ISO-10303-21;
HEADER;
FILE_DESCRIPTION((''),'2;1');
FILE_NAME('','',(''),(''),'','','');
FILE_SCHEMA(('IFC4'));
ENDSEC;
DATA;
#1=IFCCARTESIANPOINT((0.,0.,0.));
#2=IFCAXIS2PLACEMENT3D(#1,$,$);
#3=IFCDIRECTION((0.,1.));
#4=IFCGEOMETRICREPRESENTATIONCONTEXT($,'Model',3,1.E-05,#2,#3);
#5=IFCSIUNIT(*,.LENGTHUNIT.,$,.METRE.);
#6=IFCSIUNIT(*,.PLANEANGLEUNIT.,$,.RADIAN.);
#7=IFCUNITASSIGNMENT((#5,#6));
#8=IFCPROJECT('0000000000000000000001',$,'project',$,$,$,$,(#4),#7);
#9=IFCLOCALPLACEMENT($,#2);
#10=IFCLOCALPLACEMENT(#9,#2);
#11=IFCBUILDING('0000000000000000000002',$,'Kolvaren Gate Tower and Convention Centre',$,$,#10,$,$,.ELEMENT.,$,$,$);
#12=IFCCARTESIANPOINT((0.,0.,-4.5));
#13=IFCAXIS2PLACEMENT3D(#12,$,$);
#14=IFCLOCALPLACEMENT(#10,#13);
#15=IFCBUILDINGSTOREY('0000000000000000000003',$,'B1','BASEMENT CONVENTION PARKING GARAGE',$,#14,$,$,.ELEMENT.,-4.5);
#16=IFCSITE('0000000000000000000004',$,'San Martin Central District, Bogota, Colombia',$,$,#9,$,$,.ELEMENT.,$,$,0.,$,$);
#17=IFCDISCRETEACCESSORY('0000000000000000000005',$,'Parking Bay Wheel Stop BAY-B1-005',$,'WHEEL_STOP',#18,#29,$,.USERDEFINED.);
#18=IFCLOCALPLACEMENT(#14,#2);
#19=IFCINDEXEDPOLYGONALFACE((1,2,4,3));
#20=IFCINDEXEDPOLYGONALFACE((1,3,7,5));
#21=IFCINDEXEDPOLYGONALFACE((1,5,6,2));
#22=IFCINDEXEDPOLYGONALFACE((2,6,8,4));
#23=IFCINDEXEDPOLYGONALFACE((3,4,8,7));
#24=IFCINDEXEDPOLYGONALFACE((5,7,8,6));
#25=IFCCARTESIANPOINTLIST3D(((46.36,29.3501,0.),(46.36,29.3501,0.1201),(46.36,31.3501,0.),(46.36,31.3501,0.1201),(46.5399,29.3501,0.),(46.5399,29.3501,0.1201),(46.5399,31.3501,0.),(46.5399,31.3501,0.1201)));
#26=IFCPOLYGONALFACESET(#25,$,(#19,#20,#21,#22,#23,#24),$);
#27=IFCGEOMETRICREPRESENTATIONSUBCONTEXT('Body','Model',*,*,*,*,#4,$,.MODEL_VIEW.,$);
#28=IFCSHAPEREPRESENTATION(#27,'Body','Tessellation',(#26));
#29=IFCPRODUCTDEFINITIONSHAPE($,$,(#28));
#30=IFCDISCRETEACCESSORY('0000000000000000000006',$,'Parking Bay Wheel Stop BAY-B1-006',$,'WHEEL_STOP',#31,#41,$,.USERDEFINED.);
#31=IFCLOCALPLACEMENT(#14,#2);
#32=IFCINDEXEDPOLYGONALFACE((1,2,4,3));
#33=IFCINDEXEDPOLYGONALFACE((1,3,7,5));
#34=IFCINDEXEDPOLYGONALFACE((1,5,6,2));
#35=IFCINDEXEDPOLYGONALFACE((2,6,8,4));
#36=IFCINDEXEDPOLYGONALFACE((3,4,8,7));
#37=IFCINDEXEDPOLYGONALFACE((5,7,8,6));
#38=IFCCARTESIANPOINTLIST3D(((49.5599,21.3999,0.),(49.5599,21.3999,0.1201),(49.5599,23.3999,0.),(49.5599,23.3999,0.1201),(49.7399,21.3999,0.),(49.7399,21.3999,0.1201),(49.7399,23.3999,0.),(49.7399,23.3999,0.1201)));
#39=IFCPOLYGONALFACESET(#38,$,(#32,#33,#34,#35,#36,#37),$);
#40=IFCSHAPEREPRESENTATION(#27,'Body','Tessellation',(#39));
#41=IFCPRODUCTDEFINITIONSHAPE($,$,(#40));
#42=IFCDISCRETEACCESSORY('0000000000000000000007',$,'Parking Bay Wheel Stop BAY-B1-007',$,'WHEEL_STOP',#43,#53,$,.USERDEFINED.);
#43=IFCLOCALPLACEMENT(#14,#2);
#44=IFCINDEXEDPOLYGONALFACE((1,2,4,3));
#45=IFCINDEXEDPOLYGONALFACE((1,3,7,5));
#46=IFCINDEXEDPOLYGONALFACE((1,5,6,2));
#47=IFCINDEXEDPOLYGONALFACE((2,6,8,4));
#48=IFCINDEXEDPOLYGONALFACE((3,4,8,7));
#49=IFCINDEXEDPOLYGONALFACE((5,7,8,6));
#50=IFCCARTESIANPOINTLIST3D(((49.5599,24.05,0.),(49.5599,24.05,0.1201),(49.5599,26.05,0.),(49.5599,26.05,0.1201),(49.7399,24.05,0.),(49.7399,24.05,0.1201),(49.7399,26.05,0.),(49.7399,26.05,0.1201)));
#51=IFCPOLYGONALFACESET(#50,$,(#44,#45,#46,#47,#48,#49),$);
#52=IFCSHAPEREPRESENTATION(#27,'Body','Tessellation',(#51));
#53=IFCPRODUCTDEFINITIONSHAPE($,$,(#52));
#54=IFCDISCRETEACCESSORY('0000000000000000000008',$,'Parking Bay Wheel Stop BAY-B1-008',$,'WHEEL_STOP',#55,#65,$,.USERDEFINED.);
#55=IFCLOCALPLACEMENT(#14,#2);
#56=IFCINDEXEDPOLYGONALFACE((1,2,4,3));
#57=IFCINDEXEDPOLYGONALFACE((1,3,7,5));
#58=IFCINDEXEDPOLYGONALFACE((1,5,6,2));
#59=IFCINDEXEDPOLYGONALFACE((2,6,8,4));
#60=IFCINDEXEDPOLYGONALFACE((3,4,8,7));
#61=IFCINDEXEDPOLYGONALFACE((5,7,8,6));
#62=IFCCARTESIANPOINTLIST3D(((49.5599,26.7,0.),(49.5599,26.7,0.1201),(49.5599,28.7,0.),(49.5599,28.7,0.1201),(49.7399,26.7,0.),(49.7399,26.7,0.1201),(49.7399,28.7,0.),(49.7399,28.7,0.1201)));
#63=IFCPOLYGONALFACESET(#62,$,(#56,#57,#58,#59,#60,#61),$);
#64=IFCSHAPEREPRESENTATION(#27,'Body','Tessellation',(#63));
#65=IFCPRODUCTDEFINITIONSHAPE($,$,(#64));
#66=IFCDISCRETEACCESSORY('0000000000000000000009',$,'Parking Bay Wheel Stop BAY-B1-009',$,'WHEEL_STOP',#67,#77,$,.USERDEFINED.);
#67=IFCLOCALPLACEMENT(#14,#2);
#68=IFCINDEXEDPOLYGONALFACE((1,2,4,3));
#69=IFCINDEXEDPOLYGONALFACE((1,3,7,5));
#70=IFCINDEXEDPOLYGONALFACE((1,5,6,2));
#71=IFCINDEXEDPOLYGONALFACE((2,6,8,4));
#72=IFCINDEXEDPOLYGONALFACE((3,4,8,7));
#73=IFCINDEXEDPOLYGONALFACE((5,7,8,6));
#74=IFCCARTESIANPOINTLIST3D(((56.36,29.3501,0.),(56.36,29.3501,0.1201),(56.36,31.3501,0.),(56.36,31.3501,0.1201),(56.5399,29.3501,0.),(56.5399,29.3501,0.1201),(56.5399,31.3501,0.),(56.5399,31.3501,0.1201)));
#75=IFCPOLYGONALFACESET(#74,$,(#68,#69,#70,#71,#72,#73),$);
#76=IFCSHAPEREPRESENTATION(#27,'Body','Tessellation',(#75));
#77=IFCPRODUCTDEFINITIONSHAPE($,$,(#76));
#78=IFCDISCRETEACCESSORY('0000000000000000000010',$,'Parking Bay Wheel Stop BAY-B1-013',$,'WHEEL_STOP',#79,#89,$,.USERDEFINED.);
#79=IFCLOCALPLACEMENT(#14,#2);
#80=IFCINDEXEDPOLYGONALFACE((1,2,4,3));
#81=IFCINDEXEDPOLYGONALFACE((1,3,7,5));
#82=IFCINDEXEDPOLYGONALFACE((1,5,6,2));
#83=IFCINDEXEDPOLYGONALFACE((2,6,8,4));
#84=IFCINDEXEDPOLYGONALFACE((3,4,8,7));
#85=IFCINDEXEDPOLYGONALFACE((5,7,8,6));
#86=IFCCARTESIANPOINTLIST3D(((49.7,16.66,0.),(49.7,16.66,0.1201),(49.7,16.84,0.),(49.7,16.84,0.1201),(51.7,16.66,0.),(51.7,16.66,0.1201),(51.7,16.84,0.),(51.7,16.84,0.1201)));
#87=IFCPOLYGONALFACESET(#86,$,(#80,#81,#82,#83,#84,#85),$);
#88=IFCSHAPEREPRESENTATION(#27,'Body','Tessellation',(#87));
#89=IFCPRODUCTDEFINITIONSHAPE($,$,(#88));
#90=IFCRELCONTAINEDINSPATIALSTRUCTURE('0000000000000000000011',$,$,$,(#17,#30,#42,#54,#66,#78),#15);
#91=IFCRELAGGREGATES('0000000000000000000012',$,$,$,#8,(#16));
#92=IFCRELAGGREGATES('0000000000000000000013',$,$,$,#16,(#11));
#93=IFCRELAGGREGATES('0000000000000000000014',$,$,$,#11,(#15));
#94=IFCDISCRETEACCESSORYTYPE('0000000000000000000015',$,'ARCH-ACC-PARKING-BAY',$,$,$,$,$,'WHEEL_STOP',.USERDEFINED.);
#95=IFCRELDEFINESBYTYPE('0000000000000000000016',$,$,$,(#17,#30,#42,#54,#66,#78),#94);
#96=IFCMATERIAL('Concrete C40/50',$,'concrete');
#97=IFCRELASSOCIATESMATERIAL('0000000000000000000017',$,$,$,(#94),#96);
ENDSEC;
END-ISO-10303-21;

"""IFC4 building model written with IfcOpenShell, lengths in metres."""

from ifc_helpers import new_model, si_unit, direction, frame, origin, origin_2d, place, context, subcontext, project, spatial, rectangle, extrude, material, type_object, element, save


model = new_model("IFC4")

# Units and contexts
model_context = context("Model", 3, precision=1e-05, world=origin(), true_north=direction((0.0, 1.0)))
body_context = subcontext(model_context, "Body", "Model", "MODEL_VIEW")
ifc_project = project(units=[si_unit("LENGTHUNIT", "METRE"), si_unit("PLANEANGLEUNIT", "RADIAN")], contexts=[model_context])

# Site, building, storey
site_placement = place(None, origin())
site = spatial("IfcSite", under=ifc_project, at=site_placement, Name="San Martin Central District, Bogota, Colombia", CompositionType="ELEMENT", RefElevation=0.0)
building_placement = place(site_placement, origin())
building = spatial("IfcBuilding", under=site, at=building_placement, Name="Kolvaren Gate Tower and Convention Centre", CompositionType="ELEMENT")
storey_placement = place(building_placement, frame((0.0, 0.0, -4.5)))
storey = spatial("IfcBuildingStorey", under=building, at=storey_placement, Name="B1", Description="BASEMENT CONVENTION PARKING GARAGE", CompositionType="ELEMENT", Elevation=-4.5)

# Discrete accessories
ifc_material_1 = material(Name="Concrete C40/50", Category="concrete")
discrete_accessory_type = type_object("IfcDiscreteAccessoryType", Name="ARCH-ACC-PARKING-BAY", ElementType="WHEEL_STOP", PredefinedType="USERDEFINED", material=ifc_material_1)
for number, where, z_axis, x_axis, name in (
    (1, (46.45, 30.3501, 0.0), (0.0, 0.0, 1.0), (0.0, 1.0, 0.0), "Parking Bay Wheel Stop BAY-B1-005"),
    (2, (49.6499, 22.3999, 0.0), (0.0, 0.0, 1.0), (0.0, 1.0, 0.0), "Parking Bay Wheel Stop BAY-B1-006"),
    (3, (49.6499, 25.05, 0.0), (0.0, 0.0, 1.0), (0.0, 1.0, 0.0), "Parking Bay Wheel Stop BAY-B1-007"),
    (4, (49.6499, 27.7, 0.0), (0.0, 0.0, 1.0), (0.0, 1.0, 0.0), "Parking Bay Wheel Stop BAY-B1-008"),
    (5, (56.45, 30.3501, 0.0), (0.0, 0.0, 1.0), (0.0, 1.0, 0.0), "Parking Bay Wheel Stop BAY-B1-009"),
    (6, (50.7, 16.75, 0.0), (0.0, 0.0, 1.0), (1.0, 0.0, 0.0), "Parking Bay Wheel Stop BAY-B1-013"),
):
    element("IfcDiscreteAccessory", number, at=place(storey_placement, frame(where, z_axis=z_axis, x_axis=x_axis)), inside=storey, type_object=discrete_accessory_type, Name=name, ObjectType="WHEEL_STOP", PredefinedType="USERDEFINED", context=body_context, shape_type="SweptSolid", body=[
        extrude(rectangle(XDim=2.0, YDim=0.1799, at=origin_2d()), origin(), (0.0, 0.0, 1.0), 0.1201),
    ])

save(model, "model.ifc")
